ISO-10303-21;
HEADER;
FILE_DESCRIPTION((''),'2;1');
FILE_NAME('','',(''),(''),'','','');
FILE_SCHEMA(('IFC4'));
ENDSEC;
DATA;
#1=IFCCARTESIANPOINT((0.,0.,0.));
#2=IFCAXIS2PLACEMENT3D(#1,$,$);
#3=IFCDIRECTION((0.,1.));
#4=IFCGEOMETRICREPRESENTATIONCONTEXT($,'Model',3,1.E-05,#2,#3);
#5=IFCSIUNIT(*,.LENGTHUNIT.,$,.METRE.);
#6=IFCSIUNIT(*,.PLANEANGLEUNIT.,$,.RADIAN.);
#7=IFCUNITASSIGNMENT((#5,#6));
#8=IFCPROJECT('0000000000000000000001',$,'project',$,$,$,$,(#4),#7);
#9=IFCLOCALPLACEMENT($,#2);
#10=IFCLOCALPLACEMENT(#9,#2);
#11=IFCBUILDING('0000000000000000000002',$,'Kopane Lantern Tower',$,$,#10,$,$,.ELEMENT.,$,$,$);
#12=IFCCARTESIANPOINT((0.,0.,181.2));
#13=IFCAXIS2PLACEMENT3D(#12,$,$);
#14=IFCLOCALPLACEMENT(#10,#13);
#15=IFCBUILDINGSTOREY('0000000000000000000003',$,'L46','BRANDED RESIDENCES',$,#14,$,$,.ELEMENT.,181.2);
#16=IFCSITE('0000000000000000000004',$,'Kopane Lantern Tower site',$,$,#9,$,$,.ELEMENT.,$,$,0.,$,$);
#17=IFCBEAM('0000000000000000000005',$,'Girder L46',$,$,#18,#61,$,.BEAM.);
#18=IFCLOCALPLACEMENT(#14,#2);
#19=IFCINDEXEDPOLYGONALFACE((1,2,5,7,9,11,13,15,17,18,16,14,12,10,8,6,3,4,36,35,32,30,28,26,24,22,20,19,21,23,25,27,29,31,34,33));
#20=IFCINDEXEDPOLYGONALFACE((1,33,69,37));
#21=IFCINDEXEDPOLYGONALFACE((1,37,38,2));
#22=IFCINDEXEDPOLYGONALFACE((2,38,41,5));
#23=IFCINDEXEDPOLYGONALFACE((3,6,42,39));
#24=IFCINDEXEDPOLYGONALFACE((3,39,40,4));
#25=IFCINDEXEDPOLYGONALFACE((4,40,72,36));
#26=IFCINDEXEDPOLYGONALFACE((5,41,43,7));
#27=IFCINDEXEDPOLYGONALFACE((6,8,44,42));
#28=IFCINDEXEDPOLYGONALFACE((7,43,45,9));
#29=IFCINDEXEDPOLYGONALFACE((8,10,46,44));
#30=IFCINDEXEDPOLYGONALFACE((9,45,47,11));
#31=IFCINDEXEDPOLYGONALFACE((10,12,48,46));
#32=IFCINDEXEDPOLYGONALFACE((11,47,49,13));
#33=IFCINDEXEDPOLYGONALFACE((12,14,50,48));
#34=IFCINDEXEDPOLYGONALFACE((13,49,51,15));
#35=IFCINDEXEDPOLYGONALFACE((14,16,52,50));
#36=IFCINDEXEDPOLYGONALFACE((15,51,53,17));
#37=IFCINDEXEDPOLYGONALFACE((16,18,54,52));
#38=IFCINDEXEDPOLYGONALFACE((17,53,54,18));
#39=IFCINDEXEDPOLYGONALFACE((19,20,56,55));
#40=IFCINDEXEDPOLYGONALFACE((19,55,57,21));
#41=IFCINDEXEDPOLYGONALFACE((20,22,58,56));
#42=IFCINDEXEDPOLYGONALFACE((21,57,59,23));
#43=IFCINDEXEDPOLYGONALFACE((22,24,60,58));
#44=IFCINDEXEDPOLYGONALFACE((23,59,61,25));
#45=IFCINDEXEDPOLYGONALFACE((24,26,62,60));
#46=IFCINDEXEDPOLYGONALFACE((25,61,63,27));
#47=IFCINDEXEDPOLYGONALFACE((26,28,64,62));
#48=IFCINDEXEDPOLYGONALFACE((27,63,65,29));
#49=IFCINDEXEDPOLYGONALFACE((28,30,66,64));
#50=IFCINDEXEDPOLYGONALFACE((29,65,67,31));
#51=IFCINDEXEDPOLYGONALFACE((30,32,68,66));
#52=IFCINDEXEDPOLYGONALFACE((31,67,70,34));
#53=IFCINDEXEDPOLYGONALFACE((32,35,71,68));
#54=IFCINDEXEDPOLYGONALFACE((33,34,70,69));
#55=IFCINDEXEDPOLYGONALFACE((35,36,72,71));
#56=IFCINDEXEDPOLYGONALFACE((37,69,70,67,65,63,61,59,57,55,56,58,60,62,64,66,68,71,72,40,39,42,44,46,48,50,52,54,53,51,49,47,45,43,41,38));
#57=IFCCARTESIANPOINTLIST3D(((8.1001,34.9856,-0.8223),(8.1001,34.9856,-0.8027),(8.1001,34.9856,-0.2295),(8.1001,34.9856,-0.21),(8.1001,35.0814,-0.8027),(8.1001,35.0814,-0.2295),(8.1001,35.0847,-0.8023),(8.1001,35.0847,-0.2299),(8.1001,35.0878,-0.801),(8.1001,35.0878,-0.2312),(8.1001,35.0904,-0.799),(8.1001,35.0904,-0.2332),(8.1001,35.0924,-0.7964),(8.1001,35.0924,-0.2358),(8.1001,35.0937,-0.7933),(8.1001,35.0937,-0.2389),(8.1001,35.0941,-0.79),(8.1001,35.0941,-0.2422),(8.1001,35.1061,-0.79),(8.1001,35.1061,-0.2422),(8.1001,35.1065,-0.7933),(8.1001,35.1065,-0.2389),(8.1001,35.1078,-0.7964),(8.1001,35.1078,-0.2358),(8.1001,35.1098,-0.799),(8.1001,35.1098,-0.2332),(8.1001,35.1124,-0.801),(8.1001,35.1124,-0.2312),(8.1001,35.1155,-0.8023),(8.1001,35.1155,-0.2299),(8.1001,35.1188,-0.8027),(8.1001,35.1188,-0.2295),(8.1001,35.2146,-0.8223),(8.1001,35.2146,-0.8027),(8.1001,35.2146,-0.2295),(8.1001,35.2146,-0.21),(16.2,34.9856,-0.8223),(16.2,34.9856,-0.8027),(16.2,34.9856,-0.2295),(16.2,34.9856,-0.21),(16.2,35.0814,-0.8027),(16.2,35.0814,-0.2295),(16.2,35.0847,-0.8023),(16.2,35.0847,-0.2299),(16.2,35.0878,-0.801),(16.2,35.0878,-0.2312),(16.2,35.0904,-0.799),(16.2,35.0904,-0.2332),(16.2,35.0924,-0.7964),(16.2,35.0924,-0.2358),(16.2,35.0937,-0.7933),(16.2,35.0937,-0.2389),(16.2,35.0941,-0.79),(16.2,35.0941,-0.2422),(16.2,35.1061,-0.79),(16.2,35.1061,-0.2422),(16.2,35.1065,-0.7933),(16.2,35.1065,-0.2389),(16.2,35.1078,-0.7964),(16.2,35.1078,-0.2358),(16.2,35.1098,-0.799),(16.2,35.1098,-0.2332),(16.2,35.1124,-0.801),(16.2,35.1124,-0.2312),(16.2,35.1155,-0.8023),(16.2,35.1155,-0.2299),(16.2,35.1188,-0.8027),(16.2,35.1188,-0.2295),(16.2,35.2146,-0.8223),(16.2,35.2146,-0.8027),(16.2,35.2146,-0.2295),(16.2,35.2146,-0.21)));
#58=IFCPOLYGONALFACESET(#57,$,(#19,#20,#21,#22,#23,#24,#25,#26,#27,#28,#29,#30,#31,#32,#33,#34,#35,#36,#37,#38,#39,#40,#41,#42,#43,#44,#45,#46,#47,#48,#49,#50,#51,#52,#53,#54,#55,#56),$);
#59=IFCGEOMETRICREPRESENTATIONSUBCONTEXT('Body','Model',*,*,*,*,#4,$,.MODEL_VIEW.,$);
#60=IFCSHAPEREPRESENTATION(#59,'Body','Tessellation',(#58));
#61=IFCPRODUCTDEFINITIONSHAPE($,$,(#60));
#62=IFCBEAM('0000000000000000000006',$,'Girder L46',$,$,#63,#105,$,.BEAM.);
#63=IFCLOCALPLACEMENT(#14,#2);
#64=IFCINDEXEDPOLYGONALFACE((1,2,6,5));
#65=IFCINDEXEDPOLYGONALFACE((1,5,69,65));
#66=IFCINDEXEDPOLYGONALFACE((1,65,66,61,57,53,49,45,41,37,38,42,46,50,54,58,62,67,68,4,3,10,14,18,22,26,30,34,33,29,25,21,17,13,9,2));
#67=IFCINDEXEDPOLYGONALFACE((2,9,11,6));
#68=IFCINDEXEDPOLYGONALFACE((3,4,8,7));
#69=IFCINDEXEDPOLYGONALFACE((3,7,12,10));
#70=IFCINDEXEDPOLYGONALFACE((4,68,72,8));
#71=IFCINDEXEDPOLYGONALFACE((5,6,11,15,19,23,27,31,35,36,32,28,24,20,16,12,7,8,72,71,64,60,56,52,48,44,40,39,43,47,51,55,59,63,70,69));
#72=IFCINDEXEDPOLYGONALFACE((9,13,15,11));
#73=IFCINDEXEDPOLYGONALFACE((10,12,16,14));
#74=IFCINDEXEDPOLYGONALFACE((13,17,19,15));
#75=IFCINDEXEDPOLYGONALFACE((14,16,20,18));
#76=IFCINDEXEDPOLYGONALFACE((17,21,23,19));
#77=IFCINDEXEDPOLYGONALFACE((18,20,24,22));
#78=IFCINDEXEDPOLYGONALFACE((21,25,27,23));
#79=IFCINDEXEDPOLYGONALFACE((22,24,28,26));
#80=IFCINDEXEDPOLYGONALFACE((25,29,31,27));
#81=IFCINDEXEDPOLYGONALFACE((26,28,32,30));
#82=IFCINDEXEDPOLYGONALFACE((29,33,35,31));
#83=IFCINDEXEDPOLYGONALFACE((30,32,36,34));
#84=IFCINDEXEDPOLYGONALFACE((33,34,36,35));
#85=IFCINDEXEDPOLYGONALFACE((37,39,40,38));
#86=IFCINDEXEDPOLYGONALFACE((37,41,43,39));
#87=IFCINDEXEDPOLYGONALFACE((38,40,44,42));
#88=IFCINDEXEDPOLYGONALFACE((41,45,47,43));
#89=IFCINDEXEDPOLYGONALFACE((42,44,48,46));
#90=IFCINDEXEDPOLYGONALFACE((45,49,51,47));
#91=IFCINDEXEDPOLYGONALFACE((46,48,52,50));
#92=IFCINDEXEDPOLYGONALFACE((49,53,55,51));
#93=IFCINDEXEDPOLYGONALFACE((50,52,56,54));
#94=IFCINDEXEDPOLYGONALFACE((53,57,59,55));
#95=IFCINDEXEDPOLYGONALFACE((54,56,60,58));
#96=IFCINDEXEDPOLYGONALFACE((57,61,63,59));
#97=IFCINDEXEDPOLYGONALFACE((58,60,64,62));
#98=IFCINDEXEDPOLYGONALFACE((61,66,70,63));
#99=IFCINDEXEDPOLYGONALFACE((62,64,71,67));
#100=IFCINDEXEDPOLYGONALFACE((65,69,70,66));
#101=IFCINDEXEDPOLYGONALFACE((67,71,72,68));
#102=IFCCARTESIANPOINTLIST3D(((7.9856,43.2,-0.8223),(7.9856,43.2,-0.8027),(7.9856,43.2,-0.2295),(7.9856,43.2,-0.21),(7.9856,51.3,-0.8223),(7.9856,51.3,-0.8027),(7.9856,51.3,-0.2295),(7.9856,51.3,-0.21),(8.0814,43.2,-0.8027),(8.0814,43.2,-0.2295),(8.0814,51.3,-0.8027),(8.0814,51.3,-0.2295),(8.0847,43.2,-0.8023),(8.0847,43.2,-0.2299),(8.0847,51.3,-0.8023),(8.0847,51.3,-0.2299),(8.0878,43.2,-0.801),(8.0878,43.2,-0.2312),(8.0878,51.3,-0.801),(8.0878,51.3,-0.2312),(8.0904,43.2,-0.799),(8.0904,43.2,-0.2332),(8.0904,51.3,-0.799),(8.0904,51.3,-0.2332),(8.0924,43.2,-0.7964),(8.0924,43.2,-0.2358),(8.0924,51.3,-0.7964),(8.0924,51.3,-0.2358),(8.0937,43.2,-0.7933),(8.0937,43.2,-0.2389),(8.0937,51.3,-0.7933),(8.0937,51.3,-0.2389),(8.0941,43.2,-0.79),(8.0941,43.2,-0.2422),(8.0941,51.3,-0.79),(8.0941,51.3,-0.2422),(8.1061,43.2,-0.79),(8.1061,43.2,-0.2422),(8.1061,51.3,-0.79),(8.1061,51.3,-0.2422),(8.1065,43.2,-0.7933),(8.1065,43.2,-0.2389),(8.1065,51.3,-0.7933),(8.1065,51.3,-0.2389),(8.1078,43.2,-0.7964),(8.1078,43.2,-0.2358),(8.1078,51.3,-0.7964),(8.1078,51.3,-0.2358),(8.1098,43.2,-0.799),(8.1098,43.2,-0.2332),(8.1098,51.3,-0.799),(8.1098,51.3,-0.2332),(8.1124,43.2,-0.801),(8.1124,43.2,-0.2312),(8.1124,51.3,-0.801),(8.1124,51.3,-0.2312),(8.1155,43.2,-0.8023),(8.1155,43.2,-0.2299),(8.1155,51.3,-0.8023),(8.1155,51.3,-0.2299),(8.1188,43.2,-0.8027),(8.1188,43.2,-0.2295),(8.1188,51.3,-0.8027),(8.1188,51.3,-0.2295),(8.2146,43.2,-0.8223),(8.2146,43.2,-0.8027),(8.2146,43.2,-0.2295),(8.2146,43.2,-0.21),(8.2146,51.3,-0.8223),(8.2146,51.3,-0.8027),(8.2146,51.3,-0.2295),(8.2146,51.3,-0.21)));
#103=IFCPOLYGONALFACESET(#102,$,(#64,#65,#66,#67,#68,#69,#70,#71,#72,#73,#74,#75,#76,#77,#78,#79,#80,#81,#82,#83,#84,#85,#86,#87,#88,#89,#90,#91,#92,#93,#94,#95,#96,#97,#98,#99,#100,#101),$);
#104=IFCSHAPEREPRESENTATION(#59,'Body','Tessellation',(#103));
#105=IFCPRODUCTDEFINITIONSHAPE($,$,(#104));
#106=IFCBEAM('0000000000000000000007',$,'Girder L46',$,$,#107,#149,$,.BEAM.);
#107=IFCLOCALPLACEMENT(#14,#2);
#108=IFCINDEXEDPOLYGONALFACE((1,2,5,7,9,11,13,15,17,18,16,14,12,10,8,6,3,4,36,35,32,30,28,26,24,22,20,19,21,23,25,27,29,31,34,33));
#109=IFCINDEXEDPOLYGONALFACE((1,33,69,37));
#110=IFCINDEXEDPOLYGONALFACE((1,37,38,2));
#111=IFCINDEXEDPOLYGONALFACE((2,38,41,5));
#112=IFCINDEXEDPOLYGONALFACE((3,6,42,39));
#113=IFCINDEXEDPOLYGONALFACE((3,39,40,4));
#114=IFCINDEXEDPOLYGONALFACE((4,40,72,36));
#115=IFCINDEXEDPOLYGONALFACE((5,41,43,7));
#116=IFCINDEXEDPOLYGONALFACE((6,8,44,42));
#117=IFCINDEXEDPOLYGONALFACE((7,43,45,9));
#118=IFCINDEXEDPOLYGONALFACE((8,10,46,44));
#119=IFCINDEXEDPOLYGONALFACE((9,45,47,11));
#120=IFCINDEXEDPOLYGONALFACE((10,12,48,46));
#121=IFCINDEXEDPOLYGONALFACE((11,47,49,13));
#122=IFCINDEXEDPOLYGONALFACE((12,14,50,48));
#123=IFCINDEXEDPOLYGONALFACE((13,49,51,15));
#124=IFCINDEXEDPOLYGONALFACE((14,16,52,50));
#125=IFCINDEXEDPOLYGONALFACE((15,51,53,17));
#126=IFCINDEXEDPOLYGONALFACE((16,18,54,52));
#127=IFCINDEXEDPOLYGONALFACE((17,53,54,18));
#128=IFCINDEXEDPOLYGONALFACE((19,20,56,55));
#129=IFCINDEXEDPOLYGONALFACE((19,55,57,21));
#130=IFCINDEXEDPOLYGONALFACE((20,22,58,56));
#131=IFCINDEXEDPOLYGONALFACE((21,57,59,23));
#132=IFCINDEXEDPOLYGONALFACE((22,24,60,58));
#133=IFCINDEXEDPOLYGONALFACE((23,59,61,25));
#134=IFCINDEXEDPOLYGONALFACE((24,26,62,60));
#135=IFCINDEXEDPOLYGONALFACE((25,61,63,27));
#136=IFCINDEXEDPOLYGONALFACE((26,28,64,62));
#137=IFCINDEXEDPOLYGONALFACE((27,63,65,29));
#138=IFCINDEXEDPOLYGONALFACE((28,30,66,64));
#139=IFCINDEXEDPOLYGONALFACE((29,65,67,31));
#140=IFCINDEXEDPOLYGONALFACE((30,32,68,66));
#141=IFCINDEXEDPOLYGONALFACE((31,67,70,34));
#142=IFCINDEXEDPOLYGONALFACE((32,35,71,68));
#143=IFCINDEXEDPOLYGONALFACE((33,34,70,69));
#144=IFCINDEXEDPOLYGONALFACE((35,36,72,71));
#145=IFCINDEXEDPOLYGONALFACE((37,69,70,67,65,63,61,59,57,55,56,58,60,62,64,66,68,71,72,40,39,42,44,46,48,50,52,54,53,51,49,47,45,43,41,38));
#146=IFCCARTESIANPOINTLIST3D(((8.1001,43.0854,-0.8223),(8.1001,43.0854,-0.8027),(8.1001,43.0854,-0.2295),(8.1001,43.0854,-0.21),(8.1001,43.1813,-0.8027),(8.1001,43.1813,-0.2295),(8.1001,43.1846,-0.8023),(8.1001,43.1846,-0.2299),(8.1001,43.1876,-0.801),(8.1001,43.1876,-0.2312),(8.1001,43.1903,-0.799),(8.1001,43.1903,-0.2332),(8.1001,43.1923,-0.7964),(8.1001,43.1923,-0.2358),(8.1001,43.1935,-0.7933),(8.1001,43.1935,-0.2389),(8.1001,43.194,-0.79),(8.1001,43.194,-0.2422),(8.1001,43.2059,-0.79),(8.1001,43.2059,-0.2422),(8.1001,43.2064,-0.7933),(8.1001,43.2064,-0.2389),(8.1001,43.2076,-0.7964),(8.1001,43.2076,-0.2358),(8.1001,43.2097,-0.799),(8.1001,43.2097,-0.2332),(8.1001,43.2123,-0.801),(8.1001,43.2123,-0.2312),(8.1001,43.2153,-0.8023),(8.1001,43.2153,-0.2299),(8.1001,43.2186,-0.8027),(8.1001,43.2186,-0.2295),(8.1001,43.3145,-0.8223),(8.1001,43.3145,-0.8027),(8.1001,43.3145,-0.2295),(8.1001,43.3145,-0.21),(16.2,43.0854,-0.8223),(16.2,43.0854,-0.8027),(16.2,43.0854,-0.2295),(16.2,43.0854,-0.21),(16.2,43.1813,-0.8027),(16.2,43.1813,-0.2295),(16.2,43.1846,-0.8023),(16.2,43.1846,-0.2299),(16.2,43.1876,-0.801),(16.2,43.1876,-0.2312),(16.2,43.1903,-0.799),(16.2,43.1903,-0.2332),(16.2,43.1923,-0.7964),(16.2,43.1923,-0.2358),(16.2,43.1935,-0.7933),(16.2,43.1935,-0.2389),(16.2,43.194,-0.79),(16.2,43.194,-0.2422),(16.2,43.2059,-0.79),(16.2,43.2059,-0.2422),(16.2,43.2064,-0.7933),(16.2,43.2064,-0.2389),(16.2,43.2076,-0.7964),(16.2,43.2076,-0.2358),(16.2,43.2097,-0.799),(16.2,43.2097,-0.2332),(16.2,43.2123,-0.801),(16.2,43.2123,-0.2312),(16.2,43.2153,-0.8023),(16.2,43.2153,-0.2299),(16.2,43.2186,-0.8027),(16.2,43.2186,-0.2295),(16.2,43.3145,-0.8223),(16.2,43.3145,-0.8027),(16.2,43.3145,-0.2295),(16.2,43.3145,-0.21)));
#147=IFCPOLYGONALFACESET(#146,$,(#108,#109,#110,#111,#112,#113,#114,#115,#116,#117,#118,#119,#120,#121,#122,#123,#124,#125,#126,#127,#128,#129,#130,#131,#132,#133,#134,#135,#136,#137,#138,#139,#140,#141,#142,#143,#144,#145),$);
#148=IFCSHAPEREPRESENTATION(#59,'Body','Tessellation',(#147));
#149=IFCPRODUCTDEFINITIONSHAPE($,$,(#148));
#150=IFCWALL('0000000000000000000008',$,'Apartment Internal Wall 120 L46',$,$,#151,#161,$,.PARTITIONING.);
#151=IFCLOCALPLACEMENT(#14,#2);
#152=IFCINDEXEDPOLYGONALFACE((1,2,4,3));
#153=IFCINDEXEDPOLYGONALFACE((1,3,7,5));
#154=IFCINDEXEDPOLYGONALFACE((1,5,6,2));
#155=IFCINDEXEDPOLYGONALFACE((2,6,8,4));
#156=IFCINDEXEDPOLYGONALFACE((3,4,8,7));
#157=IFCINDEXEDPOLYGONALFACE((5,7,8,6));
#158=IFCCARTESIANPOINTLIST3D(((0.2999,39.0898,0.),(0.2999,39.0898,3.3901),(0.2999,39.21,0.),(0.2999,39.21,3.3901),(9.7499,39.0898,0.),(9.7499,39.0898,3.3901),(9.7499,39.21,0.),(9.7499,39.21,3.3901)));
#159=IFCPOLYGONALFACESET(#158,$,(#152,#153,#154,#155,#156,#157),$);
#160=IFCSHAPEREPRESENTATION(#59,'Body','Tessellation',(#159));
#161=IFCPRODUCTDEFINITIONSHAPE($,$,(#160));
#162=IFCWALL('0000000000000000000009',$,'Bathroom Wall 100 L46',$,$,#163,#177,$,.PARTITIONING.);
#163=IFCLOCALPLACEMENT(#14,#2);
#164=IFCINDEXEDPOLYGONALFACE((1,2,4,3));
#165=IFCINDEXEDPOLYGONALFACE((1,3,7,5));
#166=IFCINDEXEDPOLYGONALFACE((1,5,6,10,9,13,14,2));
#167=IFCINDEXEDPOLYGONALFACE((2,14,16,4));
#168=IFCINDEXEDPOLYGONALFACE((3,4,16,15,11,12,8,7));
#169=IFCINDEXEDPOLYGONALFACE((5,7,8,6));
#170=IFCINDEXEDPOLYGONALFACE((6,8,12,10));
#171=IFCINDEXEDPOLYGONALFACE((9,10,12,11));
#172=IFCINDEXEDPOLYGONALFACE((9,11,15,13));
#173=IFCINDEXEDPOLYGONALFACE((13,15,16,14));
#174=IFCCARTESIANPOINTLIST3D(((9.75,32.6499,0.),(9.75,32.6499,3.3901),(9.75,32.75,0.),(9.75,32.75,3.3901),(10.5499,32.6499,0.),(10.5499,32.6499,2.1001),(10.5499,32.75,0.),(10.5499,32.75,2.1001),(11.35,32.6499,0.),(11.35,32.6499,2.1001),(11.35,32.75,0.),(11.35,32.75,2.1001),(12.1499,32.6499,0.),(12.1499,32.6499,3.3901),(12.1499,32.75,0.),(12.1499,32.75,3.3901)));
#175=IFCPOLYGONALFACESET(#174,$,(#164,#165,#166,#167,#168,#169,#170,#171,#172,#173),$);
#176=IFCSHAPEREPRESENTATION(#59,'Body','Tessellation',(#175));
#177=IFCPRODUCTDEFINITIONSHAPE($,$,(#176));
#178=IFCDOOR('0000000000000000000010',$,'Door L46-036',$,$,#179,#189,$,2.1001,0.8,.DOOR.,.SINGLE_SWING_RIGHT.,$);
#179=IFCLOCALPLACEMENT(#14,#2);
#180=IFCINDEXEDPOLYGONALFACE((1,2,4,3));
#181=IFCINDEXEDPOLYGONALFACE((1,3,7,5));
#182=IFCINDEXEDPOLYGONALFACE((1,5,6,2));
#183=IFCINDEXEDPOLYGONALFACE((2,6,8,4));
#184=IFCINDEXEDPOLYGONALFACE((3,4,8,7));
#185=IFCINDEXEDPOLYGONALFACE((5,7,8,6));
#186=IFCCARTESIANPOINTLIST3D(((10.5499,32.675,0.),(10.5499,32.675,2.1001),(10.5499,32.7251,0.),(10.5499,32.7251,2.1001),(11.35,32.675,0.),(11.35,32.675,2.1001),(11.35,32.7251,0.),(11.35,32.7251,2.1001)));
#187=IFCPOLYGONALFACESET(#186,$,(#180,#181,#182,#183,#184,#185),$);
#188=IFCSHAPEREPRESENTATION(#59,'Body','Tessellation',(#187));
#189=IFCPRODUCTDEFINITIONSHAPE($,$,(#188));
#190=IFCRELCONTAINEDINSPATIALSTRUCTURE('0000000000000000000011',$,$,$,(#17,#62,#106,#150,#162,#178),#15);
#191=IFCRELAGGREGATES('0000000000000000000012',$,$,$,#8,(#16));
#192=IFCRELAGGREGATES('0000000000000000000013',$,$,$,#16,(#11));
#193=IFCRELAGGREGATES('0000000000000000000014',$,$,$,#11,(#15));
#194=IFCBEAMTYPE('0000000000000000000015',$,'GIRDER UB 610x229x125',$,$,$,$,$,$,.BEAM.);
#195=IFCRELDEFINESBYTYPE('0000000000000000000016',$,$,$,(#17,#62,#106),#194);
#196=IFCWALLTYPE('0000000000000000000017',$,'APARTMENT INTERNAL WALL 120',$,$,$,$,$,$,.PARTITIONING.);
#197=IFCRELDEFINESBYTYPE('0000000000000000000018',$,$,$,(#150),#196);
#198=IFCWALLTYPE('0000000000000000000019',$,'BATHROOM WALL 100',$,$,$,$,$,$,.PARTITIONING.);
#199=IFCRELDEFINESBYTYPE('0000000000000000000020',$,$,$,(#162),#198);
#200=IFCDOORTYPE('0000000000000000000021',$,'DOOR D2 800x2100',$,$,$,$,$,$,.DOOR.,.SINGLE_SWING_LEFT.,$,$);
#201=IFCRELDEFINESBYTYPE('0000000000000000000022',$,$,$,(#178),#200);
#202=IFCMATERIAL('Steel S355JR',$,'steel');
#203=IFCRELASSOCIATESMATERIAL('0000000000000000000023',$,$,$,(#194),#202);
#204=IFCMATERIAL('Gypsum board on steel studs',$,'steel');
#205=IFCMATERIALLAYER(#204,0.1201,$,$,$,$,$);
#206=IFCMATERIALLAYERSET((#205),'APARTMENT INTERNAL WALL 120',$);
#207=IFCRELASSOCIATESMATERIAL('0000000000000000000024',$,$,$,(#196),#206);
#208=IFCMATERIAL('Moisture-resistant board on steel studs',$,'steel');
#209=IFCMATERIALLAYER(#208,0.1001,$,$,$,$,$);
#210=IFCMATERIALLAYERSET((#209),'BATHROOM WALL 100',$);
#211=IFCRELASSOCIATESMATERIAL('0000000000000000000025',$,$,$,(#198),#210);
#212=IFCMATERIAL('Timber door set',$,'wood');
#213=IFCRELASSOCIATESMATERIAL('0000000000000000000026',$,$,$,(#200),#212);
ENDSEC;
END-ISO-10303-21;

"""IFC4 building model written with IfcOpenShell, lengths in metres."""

from ifc_helpers import new_model, si_unit, direction, frame, frame_2d, origin, origin_2d, place, context, subcontext, project, spatial, rectangle, i_section, extrude, material, layer, layer_set, material_profile, profile_set, type_object, element, fill, save


model = new_model("IFC4")

# Units and contexts
model_context = context("Model", 3, precision=1e-05, world=origin(), true_north=direction((0.0, 1.0)))
body_context = subcontext(model_context, "Body", "Model", "MODEL_VIEW")
ifc_project = project(units=[si_unit("LENGTHUNIT", "METRE"), si_unit("PLANEANGLEUNIT", "RADIAN")], contexts=[model_context])

# Site, building, storey
site_placement = place(None, origin())
site = spatial("IfcSite", under=ifc_project, at=site_placement, Name="Kopane Lantern Tower site", CompositionType="ELEMENT", RefElevation=0.0)
building_placement = place(site_placement, origin())
building = spatial("IfcBuilding", under=site, at=building_placement, Name="Kopane Lantern Tower", CompositionType="ELEMENT")
storey_placement = place(building_placement, frame((0.0, 0.0, 181.2)))
storey = spatial("IfcBuildingStorey", under=building, at=storey_placement, Name="L46", Description="BRANDED RESIDENCES", CompositionType="ELEMENT", Elevation=181.2)

# Beams
ifc_material_1 = material(Name="Steel S355JR", Category="steel")
ifc_material_profile_1 = material_profile(ifc_material_1, i_section(OverallWidth=0.229, OverallDepth=0.6123, WebThickness=0.012, FlangeThickness=0.0195, FilletRadius=0.0127, at=origin_2d()), Name="UB 610x229x125")
ifc_profile_set_1 = profile_set([ifc_material_profile_1], Name="Steel S355JR")
beam_type = type_object("IfcBeamType", Name="GIRDER UB 610x229x125", PredefinedType="BEAM", material=ifc_profile_set_1)
for number, where, z_axis, x_axis, name in (
    (1, (8.1001, 35.1001, -0.5161), (1.0, 0.0, 0.0), (0.0, 1.0, 0.0), "Girder L46"),
):
    element("IfcBeam", number, at=place(storey_placement, frame(where, z_axis=z_axis, x_axis=x_axis)), inside=storey, type_object=beam_type, Name=name, PredefinedType="BEAM", context=body_context, shape_type="SweptSolid", body=[
        extrude(i_section(OverallWidth=0.229, OverallDepth=0.6123, WebThickness=0.012, FlangeThickness=0.0195, FilletRadius=0.0127, at=origin_2d()), origin(), (0.0, 0.0, 1.0), 8.0999),
    ])
beam_1_placement = place(storey_placement, frame((8.1001, 43.2, -0.5161), z_axis=(0.0, 1.0, 0.0), x_axis=(-1.0, 0.0, 0.0)))
element("IfcBeam", 2, at=beam_1_placement, inside=storey, type_object=beam_type, Name="Girder L46", PredefinedType="BEAM", context=body_context, shape_type="SweptSolid", body=[
    extrude(i_section(OverallWidth=0.229, OverallDepth=0.6123, WebThickness=0.012, FlangeThickness=0.0195, FilletRadius=0.0127, at=origin_2d()), origin(), (0.0, 0.0, 1.0), 8.1001),
])
beam_2_placement = place(storey_placement, frame((8.1001, 43.2, -0.5161), z_axis=(1.0, 0.0, 0.0), x_axis=(0.0, 1.0, 0.0)))
element("IfcBeam", 3, at=beam_2_placement, inside=storey, type_object=beam_type, Name="Girder L46", PredefinedType="BEAM", context=body_context, shape_type="SweptSolid", body=[
    extrude(i_section(OverallWidth=0.229, OverallDepth=0.6123, WebThickness=0.012, FlangeThickness=0.0195, FilletRadius=0.0127, at=origin_2d()), origin(), (0.0, 0.0, 1.0), 8.0999),
])

# Wall
ifc_material_2 = material(Name="Gypsum board on steel studs", Category="steel")
ifc_layer_1 = layer(ifc_material_2, 0.1201)
ifc_layer_set_1 = layer_set([ifc_layer_1], Name="APARTMENT INTERNAL WALL 120")
wall_type_1 = type_object("IfcWallType", Name="APARTMENT INTERNAL WALL 120", PredefinedType="PARTITIONING", material=ifc_layer_set_1)
wall_1_placement = place(storey_placement, frame((9.75, 39.1499, 0.0), z_axis=(0.0, 0.0, 1.0), x_axis=(-1.0, 0.0, 0.0)))
element("IfcWall", 4, at=wall_1_placement, inside=storey, type_object=wall_type_1, Name="Apartment Internal Wall 120 L46", PredefinedType="PARTITIONING", context=body_context, shape_type="SweptSolid", body=[
    extrude(rectangle(XDim=9.45, YDim=0.1201, at=frame_2d((4.7251, 0.0))), origin(), (0.0, 0.0, 1.0), 3.3901),
])

# Wall, opening, door
ifc_material_3 = material(Name="Moisture-resistant board on steel studs", Category="steel")
ifc_layer_2 = layer(ifc_material_3, 0.1001)
ifc_layer_set_2 = layer_set([ifc_layer_2], Name="BATHROOM WALL 100")
wall_type_2 = type_object("IfcWallType", Name="BATHROOM WALL 100", PredefinedType="PARTITIONING", material=ifc_layer_set_2)
wall_2_placement = place(storey_placement, frame((12.1499, 32.7, 0.0), z_axis=(0.0, 0.0, 1.0), x_axis=(-1.0, 0.0, 0.0)))
wall_2 = element("IfcWall", 5, at=wall_2_placement, inside=storey, type_object=wall_type_2, Name="Bathroom Wall 100 L46", PredefinedType="PARTITIONING", context=body_context, shape_type="SweptSolid", body=[
    extrude(rectangle(XDim=2.3999, YDim=0.1001, at=frame_2d((1.2, 0.0))), origin(), (0.0, 0.0, 1.0), 3.3901),
])
opening_1_placement = place(wall_2_placement, frame((0.8, 0.0, 0.0)))
opening_1 = element("IfcOpeningElement", 6, at=opening_1_placement, cuts=wall_2, PredefinedType="OPENING", context=body_context, shape_type="SweptSolid", body=[
    extrude(rectangle(XDim=0.8, YDim=2.1001, at=frame_2d((0.3999, 1.05))), frame((0.0, 0.0601, 0.0), z_axis=(0.0, -1.0, 0.0), x_axis=(1.0, 0.0, 0.0)), (0.0, 0.0, 1.0), 0.1201),
])
ifc_material_4 = material(Name="Timber door set", Category="wood")
door_type = type_object("IfcDoorType", Name="DOOR D2 800x2100", OperationType="SINGLE_SWING_LEFT", PredefinedType="DOOR", material=ifc_material_4)
door_1_placement = place(opening_1_placement, origin())
door_1 = element("IfcDoor", 7, at=door_1_placement, inside=storey, type_object=door_type, Name="Door L46-036", OperationType="SINGLE_SWING_RIGHT", OverallHeight=2.1001, OverallWidth=0.8, PredefinedType="DOOR", context=body_context, shape_type="SweptSolid", body=[
    extrude(rectangle(XDim=0.8, YDim=2.1001, at=frame_2d((0.3999, 1.05))), frame((0.0, 0.0249, 0.0), z_axis=(0.0, -1.0, 0.0), x_axis=(1.0, 0.0, 0.0)), (0.0, 0.0, 1.0), 0.05),
])
fill(opening_1, door_1)

save(model, "model.ifc")
